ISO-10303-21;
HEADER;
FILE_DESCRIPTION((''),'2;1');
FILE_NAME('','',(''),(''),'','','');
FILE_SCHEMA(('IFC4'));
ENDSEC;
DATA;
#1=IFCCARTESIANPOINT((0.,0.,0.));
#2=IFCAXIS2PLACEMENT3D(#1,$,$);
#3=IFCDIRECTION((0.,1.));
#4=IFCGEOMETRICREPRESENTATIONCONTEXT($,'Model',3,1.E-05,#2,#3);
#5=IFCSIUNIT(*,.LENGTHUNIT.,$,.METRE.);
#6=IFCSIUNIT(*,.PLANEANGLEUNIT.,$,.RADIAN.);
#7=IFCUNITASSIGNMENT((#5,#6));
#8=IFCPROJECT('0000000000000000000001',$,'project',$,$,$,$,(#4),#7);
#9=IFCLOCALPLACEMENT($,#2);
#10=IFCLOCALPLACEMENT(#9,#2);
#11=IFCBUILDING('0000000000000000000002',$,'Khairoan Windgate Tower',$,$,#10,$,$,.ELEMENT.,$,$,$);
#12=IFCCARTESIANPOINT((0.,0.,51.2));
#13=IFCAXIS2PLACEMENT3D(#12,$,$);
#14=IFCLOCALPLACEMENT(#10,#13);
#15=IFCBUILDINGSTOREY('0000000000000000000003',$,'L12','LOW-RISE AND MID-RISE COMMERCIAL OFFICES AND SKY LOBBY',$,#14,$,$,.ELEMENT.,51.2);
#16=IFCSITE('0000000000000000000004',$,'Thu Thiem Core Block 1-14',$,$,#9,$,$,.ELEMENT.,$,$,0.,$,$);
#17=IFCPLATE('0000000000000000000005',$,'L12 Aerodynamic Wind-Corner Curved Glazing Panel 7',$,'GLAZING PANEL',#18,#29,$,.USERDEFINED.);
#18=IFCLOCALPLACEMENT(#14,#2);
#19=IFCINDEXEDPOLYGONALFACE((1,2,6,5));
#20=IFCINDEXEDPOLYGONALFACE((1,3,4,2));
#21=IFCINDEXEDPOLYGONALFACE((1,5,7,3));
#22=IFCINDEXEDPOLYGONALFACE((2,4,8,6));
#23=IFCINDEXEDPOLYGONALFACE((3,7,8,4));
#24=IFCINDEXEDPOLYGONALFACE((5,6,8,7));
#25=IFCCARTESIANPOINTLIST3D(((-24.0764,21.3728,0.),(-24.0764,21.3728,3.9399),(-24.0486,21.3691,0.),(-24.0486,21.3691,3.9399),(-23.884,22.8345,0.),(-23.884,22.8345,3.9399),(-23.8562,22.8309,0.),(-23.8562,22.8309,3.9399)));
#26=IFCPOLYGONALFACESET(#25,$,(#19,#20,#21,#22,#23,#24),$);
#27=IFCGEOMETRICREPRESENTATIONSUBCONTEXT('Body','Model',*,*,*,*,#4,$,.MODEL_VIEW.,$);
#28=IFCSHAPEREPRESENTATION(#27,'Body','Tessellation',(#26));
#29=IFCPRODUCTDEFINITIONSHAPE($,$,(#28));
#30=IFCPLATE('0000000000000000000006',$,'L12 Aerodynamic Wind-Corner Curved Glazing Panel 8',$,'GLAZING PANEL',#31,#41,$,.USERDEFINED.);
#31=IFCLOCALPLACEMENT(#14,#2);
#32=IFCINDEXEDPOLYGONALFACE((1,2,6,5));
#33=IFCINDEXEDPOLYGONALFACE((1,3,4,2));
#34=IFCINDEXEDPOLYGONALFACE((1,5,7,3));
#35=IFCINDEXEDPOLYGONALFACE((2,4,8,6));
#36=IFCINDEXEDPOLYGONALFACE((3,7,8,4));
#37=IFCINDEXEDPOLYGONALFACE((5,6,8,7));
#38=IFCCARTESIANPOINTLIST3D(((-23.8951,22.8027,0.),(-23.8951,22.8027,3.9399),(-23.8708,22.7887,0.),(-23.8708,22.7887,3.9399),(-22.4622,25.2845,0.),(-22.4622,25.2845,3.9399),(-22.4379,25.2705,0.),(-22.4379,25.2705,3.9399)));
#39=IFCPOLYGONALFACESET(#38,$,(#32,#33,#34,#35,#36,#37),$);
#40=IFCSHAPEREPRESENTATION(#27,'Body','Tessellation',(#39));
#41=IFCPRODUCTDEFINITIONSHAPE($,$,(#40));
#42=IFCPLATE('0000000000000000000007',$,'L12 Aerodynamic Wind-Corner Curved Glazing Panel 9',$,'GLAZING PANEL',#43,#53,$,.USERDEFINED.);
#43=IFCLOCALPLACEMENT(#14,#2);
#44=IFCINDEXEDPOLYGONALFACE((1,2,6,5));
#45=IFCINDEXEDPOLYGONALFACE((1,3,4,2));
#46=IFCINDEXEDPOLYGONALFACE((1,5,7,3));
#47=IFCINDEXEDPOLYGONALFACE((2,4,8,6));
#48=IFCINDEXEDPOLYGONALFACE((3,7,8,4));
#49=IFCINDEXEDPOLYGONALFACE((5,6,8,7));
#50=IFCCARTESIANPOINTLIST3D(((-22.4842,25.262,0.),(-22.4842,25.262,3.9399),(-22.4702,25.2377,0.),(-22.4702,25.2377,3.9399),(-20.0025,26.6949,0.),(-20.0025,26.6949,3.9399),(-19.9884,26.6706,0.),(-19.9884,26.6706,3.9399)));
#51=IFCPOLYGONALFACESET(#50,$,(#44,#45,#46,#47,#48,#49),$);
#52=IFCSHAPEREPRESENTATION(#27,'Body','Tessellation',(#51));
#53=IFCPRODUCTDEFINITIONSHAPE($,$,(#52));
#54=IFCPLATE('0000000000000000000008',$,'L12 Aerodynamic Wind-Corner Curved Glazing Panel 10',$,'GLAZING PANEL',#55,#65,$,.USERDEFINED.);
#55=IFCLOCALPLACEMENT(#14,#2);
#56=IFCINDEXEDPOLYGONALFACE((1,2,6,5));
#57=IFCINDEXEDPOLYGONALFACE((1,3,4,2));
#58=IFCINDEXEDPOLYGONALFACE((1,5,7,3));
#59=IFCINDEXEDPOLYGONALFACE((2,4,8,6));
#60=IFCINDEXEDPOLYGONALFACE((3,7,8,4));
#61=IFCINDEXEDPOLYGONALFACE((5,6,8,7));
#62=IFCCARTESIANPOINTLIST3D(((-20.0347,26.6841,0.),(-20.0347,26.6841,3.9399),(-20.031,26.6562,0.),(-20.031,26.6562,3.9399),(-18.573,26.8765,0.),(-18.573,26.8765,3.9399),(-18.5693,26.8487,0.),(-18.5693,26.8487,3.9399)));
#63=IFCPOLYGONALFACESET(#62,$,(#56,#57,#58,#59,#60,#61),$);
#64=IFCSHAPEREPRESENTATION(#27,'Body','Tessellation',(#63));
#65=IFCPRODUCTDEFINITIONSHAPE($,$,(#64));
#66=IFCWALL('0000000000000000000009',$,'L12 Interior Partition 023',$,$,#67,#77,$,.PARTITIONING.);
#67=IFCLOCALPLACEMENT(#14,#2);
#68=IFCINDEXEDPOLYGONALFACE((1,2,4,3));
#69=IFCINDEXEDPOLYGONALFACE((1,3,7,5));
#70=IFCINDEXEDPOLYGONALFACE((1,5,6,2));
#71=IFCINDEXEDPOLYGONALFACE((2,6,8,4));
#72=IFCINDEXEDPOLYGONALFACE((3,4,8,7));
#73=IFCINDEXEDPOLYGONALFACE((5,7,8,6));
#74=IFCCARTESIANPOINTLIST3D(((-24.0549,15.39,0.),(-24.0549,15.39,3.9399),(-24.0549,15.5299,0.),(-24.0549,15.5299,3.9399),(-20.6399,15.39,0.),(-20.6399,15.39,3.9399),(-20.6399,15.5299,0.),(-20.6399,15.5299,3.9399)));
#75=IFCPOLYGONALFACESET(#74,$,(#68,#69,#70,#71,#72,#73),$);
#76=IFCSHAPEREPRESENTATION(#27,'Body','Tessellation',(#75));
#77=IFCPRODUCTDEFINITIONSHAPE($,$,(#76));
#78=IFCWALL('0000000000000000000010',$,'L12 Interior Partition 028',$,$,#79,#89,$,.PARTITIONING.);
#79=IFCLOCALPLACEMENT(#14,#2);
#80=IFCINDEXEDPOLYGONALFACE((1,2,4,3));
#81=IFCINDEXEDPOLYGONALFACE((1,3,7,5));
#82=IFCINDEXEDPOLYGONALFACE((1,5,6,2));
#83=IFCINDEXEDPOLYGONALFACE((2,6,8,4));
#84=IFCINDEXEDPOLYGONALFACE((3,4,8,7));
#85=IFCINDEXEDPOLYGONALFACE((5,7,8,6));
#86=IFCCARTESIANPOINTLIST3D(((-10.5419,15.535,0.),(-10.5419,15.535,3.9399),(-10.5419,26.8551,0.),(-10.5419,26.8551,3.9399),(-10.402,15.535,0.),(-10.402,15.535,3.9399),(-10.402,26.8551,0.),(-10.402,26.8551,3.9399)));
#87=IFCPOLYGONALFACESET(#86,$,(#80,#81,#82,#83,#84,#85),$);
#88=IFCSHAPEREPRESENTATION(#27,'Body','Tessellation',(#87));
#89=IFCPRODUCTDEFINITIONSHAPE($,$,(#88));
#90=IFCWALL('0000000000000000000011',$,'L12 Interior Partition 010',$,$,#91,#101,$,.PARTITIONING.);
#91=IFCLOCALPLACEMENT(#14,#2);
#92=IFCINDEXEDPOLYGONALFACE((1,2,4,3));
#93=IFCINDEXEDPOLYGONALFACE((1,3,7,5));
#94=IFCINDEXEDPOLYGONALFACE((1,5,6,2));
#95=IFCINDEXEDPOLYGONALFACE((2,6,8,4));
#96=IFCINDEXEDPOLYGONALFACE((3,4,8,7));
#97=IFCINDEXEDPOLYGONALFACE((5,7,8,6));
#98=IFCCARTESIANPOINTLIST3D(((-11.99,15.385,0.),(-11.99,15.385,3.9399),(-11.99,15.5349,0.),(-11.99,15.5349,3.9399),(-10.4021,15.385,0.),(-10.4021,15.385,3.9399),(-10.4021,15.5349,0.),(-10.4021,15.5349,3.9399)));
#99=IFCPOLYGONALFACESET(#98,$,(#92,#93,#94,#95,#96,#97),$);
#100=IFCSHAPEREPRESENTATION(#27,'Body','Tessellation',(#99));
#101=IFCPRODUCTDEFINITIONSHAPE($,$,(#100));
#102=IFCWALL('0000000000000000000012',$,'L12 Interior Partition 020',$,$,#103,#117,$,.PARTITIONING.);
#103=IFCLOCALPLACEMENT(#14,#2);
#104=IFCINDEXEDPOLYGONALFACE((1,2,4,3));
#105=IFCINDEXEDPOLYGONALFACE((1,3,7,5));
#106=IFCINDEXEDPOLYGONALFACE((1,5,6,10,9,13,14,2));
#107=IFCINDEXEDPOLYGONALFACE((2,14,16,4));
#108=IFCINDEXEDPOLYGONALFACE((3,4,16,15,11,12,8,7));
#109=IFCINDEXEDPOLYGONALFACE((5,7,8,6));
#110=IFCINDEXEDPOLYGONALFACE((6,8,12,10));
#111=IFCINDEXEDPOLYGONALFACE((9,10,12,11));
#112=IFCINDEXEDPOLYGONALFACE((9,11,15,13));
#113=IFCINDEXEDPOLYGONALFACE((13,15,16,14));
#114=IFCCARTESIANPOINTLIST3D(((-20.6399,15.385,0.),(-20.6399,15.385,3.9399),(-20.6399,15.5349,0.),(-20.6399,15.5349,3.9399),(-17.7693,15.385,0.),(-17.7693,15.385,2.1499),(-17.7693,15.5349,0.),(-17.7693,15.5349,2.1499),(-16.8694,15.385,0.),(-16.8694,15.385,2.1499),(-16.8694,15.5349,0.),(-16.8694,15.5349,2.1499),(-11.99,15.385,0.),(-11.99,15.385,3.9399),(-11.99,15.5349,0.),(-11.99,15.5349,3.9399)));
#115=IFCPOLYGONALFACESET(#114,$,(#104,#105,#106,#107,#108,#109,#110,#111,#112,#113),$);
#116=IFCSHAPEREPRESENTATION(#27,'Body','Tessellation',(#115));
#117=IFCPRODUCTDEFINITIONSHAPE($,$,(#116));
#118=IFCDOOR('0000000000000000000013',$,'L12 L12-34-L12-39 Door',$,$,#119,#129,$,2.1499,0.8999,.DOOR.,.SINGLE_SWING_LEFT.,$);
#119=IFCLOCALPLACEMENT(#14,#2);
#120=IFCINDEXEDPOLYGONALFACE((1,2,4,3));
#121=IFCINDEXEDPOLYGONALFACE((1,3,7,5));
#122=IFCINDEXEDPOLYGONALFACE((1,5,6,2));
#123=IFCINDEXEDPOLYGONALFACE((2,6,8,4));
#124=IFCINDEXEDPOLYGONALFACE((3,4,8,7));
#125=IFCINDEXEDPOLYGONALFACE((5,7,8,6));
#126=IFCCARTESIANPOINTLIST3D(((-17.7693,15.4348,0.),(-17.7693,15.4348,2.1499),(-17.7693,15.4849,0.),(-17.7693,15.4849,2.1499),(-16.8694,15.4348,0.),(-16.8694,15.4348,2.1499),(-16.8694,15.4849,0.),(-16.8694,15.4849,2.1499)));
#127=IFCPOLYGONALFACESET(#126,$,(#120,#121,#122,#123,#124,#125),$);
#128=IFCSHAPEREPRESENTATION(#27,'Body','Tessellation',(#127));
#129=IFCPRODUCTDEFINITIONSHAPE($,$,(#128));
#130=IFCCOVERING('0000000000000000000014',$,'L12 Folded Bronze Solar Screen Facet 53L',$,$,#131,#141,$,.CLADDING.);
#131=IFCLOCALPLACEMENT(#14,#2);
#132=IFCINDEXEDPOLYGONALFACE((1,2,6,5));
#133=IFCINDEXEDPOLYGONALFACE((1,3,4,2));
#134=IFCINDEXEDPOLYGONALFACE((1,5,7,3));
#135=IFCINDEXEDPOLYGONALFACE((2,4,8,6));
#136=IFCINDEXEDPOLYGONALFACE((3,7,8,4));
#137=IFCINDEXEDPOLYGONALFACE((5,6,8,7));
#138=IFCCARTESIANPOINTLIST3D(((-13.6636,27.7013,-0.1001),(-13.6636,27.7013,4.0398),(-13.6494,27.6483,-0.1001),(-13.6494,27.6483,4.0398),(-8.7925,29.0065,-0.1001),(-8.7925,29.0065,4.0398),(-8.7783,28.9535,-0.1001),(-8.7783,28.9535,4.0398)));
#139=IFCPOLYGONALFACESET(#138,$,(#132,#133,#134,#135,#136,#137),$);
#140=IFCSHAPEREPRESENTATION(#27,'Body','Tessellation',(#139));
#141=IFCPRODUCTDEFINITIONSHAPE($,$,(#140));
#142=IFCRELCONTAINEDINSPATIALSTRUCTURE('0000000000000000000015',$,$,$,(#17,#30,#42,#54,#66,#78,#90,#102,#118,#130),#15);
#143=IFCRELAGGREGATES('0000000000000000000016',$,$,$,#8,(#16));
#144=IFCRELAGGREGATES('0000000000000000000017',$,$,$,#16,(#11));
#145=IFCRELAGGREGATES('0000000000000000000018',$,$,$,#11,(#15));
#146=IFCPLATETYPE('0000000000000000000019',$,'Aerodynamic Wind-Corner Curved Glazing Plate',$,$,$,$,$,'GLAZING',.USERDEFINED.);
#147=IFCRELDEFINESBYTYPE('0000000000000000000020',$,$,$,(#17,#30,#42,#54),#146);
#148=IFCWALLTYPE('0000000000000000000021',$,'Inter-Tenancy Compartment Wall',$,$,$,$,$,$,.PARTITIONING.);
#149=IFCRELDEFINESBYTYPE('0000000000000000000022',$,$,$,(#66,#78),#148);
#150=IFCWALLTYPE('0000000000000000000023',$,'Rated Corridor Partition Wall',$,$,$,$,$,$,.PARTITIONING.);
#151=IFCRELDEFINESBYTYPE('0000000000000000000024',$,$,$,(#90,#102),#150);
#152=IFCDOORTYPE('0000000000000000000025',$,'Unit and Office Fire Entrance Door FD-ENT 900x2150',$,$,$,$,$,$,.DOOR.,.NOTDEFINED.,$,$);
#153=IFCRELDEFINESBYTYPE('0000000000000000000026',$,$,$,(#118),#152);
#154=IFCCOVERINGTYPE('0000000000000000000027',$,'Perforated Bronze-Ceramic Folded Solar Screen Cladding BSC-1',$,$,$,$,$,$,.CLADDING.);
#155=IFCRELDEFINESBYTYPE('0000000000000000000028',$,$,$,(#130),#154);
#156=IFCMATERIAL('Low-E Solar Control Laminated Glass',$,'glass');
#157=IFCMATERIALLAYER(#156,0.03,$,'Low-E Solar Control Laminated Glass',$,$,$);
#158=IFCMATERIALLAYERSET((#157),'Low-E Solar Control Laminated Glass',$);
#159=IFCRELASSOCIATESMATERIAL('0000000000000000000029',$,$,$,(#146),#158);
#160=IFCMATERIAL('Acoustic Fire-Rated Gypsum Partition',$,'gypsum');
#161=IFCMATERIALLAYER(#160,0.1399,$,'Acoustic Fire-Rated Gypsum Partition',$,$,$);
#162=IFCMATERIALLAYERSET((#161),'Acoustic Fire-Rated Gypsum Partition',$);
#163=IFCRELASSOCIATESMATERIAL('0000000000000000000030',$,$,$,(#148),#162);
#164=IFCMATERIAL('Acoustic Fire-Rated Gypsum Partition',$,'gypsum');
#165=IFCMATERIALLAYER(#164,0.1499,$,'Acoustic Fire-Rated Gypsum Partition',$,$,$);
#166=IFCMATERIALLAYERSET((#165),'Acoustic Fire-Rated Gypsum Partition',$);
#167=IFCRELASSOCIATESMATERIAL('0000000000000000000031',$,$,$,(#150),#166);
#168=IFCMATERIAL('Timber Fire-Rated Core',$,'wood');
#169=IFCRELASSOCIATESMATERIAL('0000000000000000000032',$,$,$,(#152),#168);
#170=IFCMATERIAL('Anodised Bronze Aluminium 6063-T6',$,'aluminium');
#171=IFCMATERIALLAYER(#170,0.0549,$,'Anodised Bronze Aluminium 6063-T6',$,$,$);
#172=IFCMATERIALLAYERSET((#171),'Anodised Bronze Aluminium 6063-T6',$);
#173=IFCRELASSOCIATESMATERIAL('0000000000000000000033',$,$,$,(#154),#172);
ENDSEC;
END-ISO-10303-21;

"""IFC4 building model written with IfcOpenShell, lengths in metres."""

from ifc_helpers import new_model, si_unit, direction, frame, frame_2d, origin, origin_2d, place, context, subcontext, project, spatial, rectangle, extrude, material, layer, layer_set, type_object, element, fill, save


model = new_model("IFC4")

# Units and contexts
model_context = context("Model", 3, precision=1e-05, world=origin(), true_north=direction((0.0, 1.0)))
body_context = subcontext(model_context, "Body", "Model", "MODEL_VIEW")
ifc_project = project(units=[si_unit("LENGTHUNIT", "METRE"), si_unit("PLANEANGLEUNIT", "RADIAN")], contexts=[model_context])

# Site, building, storey
site_placement = place(None, origin())
site = spatial("IfcSite", under=ifc_project, at=site_placement, Name="Thu Thiem Core Block 1-14", CompositionType="ELEMENT", RefElevation=0.0)
building_placement = place(site_placement, origin())
building = spatial("IfcBuilding", under=site, at=building_placement, Name="Khairoan Windgate Tower", CompositionType="ELEMENT")
storey_placement = place(building_placement, frame((0.0, 0.0, 51.2)))
storey = spatial("IfcBuildingStorey", under=building, at=storey_placement, Name="L12", Description="LOW-RISE AND MID-RISE COMMERCIAL OFFICES AND SKY LOBBY", CompositionType="ELEMENT", Elevation=51.2)

# Plates
ifc_material_1 = material(Name="Low-E Solar Control Laminated Glass", Category="glass")
ifc_layer_1 = layer(ifc_material_1, 0.03, Name="Low-E Solar Control Laminated Glass")
ifc_layer_set_1 = layer_set([ifc_layer_1], Name="Low-E Solar Control Laminated Glass")
plate_type_1 = type_object("IfcPlateType", Name="Aerodynamic Wind-Corner Curved Glazing Plate", ElementType="GLAZING", PredefinedType="USERDEFINED", material=ifc_layer_set_1)
plate_1_placement = place(storey_placement, frame((-23.9663, 22.1018, 0.0), z_axis=(0.0, 0.0, 1.0), x_axis=(0.130526, 0.991445, 0.0)))
element("IfcPlate", 1, at=plate_1_placement, inside=storey, type_object=plate_type_1, Name="L12 Aerodynamic Wind-Corner Curved Glazing Panel 7", ObjectType="GLAZING PANEL", PredefinedType="USERDEFINED", context=body_context, shape_type="SweptSolid", body=[
    extrude(rectangle(XDim=1.4744, YDim=0.0281, at=origin_2d()), origin(), (0.0, 0.0, 1.0), 3.9399),
])
for number, where, z_axis, x_axis, name in (
    (2, (-23.1665, 24.0366, 0.0), (0.0, 0.0, 1.0), (0.5, 0.866025, 0.0), "L12 Aerodynamic Wind-Corner Curved Glazing Panel 8"),
    (3, (-21.2363, 25.9663, 0.0), (0.0, 0.0, 1.0), (0.866025, 0.5, 0.0), "L12 Aerodynamic Wind-Corner Curved Glazing Panel 9"),
):
    element("IfcPlate", number, at=place(storey_placement, frame(where, z_axis=z_axis, x_axis=x_axis)), inside=storey, type_object=plate_type_1, Name=name, ObjectType="GLAZING PANEL", PredefinedType="USERDEFINED", context=body_context, shape_type="SweptSolid", body=[
        extrude(rectangle(XDim=2.8657, YDim=0.0281, at=origin_2d()), origin(), (0.0, 0.0, 1.0), 3.9399),
    ])
plate_2_placement = place(storey_placement, frame((-19.302, 26.7664, 0.0), z_axis=(0.0, 0.0, 1.0), x_axis=(0.991445, 0.130526, 0.0)))
element("IfcPlate", 4, at=plate_2_placement, inside=storey, type_object=plate_type_1, Name="L12 Aerodynamic Wind-Corner Curved Glazing Panel 10", ObjectType="GLAZING PANEL", PredefinedType="USERDEFINED", context=body_context, shape_type="SweptSolid", body=[
    extrude(rectangle(XDim=1.4744, YDim=0.0281, at=origin_2d()), origin(), (0.0, 0.0, 1.0), 3.9399),
])

# Walls
ifc_material_2 = material(Name="Acoustic Fire-Rated Gypsum Partition", Category="gypsum")
ifc_layer_2 = layer(ifc_material_2, 0.1399, Name="Acoustic Fire-Rated Gypsum Partition")
ifc_layer_set_2 = layer_set([ifc_layer_2], Name="Acoustic Fire-Rated Gypsum Partition")
wall_type_1 = type_object("IfcWallType", Name="Inter-Tenancy Compartment Wall", PredefinedType="PARTITIONING", material=ifc_layer_set_2)
wall_1_placement = place(storey_placement, frame((-24.0549, 15.46, 0.0), z_axis=(0.0, 0.0, 1.0), x_axis=(1.0, 0.0, 0.0)))
element("IfcWall", 5, at=wall_1_placement, inside=storey, type_object=wall_type_1, Name="L12 Interior Partition 023", PredefinedType="PARTITIONING", context=body_context, shape_type="SweptSolid", body=[
    extrude(rectangle(XDim=3.415, YDim=0.1399, at=frame_2d((1.7075, 0.0))), origin(), (0.0, 0.0, 1.0), 3.9399),
])
wall_2_placement = place(storey_placement, frame((-10.4719, 15.5349, 0.0), z_axis=(0.0, 0.0, 1.0), x_axis=(0.0, 1.0, 0.0)))
element("IfcWall", 6, at=wall_2_placement, inside=storey, type_object=wall_type_1, Name="L12 Interior Partition 028", PredefinedType="PARTITIONING", context=body_context, shape_type="SweptSolid", body=[
    extrude(rectangle(XDim=11.3201, YDim=0.1399, at=frame_2d((5.6602, 0.0))), origin(), (0.0, 0.0, 1.0), 3.9399),
])

# Wall
ifc_material_3 = material(Name="Acoustic Fire-Rated Gypsum Partition", Category="gypsum")
ifc_layer_3 = layer(ifc_material_3, 0.1499, Name="Acoustic Fire-Rated Gypsum Partition")
ifc_layer_set_3 = layer_set([ifc_layer_3], Name="Acoustic Fire-Rated Gypsum Partition")
wall_type_2 = type_object("IfcWallType", Name="Rated Corridor Partition Wall", PredefinedType="PARTITIONING", material=ifc_layer_set_3)
wall_3_placement = place(storey_placement, frame((-11.99, 15.46, 0.0), z_axis=(0.0, 0.0, 1.0), x_axis=(1.0, 0.0, 0.0)))
element("IfcWall", 7, at=wall_3_placement, inside=storey, type_object=wall_type_2, Name="L12 Interior Partition 010", PredefinedType="PARTITIONING", context=body_context, shape_type="SweptSolid", body=[
    extrude(rectangle(XDim=1.5879, YDim=0.1499, at=frame_2d((0.7939, 0.0))), origin(), (0.0, 0.0, 1.0), 3.9399),
])

# Wall, opening, door
ifc_material_4 = material(Name="Timber Fire-Rated Core", Category="wood")
door_type = type_object("IfcDoorType", Name="Unit and Office Fire Entrance Door FD-ENT 900x2150", OperationType="NOTDEFINED", PredefinedType="DOOR", material=ifc_material_4)
wall_4_placement = place(storey_placement, frame((-20.6399, 15.46, 0.0), z_axis=(0.0, 0.0, 1.0), x_axis=(1.0, 0.0, 0.0)))
wall_4 = element("IfcWall", 8, at=wall_4_placement, inside=storey, type_object=wall_type_2, Name="L12 Interior Partition 020", PredefinedType="PARTITIONING", context=body_context, shape_type="SweptSolid", body=[
    extrude(rectangle(XDim=8.6499, YDim=0.1499, at=frame_2d((4.325, 0.0))), origin(), (0.0, 0.0, 1.0), 3.9399),
])
opening_1_placement = place(wall_4_placement, frame((2.8706, 0.0, 0.0)))
opening_1 = element("IfcOpeningElement", 9, at=opening_1_placement, cuts=wall_4, PredefinedType="OPENING", context=body_context, shape_type="SweptSolid", body=[
    extrude(rectangle(XDim=0.8999, YDim=2.1499, at=frame_2d((0.45, 1.075))), frame((0.0, 0.085, 0.0), z_axis=(0.0, -1.0, 0.0), x_axis=(1.0, 0.0, 0.0)), (0.0, 0.0, 1.0), 0.1699),
])
door_1_placement = place(opening_1_placement, origin())
door_1 = element("IfcDoor", 10, at=door_1_placement, inside=storey, type_object=door_type, Name="L12 L12-34-L12-39 Door", OperationType="SINGLE_SWING_LEFT", OverallHeight=2.1499, OverallWidth=0.8999, PredefinedType="DOOR", context=body_context, shape_type="SweptSolid", body=[
    extrude(rectangle(XDim=0.8999, YDim=2.1499, at=frame_2d((0.45, 1.075))), frame((0.0, 0.0249, 0.0), z_axis=(0.0, -1.0, 0.0), x_axis=(1.0, 0.0, 0.0)), (0.0, 0.0, 1.0), 0.05),
])
fill(opening_1, door_1)

# Covering
ifc_material_5 = material(Name="Anodised Bronze Aluminium 6063-T6", Category="aluminium")
ifc_layer_4 = layer(ifc_material_5, 0.0549, Name="Anodised Bronze Aluminium 6063-T6")
ifc_layer_set_4 = layer_set([ifc_layer_4], Name="Anodised Bronze Aluminium 6063-T6")
covering_type = type_object("IfcCoveringType", Name="Perforated Bronze-Ceramic Folded Solar Screen Cladding BSC-1", PredefinedType="CLADDING", material=ifc_layer_set_4)
covering_placement = place(storey_placement, frame((-11.2209, 28.3274, -0.1001), z_axis=(0.0, 0.0, 1.0), x_axis=(0.965926, 0.258819, 0.0)))
element("IfcCovering", 11, at=covering_placement, inside=storey, type_object=covering_type, Name="L12 Folded Bronze Solar Screen Facet 53L", PredefinedType="CLADDING", context=body_context, shape_type="SweptSolid", body=[
    extrude(rectangle(XDim=5.043, YDim=0.0549, at=origin_2d()), origin(), (0.0, 0.0, 1.0), 4.1399),
])

save(model, "model.ifc")
